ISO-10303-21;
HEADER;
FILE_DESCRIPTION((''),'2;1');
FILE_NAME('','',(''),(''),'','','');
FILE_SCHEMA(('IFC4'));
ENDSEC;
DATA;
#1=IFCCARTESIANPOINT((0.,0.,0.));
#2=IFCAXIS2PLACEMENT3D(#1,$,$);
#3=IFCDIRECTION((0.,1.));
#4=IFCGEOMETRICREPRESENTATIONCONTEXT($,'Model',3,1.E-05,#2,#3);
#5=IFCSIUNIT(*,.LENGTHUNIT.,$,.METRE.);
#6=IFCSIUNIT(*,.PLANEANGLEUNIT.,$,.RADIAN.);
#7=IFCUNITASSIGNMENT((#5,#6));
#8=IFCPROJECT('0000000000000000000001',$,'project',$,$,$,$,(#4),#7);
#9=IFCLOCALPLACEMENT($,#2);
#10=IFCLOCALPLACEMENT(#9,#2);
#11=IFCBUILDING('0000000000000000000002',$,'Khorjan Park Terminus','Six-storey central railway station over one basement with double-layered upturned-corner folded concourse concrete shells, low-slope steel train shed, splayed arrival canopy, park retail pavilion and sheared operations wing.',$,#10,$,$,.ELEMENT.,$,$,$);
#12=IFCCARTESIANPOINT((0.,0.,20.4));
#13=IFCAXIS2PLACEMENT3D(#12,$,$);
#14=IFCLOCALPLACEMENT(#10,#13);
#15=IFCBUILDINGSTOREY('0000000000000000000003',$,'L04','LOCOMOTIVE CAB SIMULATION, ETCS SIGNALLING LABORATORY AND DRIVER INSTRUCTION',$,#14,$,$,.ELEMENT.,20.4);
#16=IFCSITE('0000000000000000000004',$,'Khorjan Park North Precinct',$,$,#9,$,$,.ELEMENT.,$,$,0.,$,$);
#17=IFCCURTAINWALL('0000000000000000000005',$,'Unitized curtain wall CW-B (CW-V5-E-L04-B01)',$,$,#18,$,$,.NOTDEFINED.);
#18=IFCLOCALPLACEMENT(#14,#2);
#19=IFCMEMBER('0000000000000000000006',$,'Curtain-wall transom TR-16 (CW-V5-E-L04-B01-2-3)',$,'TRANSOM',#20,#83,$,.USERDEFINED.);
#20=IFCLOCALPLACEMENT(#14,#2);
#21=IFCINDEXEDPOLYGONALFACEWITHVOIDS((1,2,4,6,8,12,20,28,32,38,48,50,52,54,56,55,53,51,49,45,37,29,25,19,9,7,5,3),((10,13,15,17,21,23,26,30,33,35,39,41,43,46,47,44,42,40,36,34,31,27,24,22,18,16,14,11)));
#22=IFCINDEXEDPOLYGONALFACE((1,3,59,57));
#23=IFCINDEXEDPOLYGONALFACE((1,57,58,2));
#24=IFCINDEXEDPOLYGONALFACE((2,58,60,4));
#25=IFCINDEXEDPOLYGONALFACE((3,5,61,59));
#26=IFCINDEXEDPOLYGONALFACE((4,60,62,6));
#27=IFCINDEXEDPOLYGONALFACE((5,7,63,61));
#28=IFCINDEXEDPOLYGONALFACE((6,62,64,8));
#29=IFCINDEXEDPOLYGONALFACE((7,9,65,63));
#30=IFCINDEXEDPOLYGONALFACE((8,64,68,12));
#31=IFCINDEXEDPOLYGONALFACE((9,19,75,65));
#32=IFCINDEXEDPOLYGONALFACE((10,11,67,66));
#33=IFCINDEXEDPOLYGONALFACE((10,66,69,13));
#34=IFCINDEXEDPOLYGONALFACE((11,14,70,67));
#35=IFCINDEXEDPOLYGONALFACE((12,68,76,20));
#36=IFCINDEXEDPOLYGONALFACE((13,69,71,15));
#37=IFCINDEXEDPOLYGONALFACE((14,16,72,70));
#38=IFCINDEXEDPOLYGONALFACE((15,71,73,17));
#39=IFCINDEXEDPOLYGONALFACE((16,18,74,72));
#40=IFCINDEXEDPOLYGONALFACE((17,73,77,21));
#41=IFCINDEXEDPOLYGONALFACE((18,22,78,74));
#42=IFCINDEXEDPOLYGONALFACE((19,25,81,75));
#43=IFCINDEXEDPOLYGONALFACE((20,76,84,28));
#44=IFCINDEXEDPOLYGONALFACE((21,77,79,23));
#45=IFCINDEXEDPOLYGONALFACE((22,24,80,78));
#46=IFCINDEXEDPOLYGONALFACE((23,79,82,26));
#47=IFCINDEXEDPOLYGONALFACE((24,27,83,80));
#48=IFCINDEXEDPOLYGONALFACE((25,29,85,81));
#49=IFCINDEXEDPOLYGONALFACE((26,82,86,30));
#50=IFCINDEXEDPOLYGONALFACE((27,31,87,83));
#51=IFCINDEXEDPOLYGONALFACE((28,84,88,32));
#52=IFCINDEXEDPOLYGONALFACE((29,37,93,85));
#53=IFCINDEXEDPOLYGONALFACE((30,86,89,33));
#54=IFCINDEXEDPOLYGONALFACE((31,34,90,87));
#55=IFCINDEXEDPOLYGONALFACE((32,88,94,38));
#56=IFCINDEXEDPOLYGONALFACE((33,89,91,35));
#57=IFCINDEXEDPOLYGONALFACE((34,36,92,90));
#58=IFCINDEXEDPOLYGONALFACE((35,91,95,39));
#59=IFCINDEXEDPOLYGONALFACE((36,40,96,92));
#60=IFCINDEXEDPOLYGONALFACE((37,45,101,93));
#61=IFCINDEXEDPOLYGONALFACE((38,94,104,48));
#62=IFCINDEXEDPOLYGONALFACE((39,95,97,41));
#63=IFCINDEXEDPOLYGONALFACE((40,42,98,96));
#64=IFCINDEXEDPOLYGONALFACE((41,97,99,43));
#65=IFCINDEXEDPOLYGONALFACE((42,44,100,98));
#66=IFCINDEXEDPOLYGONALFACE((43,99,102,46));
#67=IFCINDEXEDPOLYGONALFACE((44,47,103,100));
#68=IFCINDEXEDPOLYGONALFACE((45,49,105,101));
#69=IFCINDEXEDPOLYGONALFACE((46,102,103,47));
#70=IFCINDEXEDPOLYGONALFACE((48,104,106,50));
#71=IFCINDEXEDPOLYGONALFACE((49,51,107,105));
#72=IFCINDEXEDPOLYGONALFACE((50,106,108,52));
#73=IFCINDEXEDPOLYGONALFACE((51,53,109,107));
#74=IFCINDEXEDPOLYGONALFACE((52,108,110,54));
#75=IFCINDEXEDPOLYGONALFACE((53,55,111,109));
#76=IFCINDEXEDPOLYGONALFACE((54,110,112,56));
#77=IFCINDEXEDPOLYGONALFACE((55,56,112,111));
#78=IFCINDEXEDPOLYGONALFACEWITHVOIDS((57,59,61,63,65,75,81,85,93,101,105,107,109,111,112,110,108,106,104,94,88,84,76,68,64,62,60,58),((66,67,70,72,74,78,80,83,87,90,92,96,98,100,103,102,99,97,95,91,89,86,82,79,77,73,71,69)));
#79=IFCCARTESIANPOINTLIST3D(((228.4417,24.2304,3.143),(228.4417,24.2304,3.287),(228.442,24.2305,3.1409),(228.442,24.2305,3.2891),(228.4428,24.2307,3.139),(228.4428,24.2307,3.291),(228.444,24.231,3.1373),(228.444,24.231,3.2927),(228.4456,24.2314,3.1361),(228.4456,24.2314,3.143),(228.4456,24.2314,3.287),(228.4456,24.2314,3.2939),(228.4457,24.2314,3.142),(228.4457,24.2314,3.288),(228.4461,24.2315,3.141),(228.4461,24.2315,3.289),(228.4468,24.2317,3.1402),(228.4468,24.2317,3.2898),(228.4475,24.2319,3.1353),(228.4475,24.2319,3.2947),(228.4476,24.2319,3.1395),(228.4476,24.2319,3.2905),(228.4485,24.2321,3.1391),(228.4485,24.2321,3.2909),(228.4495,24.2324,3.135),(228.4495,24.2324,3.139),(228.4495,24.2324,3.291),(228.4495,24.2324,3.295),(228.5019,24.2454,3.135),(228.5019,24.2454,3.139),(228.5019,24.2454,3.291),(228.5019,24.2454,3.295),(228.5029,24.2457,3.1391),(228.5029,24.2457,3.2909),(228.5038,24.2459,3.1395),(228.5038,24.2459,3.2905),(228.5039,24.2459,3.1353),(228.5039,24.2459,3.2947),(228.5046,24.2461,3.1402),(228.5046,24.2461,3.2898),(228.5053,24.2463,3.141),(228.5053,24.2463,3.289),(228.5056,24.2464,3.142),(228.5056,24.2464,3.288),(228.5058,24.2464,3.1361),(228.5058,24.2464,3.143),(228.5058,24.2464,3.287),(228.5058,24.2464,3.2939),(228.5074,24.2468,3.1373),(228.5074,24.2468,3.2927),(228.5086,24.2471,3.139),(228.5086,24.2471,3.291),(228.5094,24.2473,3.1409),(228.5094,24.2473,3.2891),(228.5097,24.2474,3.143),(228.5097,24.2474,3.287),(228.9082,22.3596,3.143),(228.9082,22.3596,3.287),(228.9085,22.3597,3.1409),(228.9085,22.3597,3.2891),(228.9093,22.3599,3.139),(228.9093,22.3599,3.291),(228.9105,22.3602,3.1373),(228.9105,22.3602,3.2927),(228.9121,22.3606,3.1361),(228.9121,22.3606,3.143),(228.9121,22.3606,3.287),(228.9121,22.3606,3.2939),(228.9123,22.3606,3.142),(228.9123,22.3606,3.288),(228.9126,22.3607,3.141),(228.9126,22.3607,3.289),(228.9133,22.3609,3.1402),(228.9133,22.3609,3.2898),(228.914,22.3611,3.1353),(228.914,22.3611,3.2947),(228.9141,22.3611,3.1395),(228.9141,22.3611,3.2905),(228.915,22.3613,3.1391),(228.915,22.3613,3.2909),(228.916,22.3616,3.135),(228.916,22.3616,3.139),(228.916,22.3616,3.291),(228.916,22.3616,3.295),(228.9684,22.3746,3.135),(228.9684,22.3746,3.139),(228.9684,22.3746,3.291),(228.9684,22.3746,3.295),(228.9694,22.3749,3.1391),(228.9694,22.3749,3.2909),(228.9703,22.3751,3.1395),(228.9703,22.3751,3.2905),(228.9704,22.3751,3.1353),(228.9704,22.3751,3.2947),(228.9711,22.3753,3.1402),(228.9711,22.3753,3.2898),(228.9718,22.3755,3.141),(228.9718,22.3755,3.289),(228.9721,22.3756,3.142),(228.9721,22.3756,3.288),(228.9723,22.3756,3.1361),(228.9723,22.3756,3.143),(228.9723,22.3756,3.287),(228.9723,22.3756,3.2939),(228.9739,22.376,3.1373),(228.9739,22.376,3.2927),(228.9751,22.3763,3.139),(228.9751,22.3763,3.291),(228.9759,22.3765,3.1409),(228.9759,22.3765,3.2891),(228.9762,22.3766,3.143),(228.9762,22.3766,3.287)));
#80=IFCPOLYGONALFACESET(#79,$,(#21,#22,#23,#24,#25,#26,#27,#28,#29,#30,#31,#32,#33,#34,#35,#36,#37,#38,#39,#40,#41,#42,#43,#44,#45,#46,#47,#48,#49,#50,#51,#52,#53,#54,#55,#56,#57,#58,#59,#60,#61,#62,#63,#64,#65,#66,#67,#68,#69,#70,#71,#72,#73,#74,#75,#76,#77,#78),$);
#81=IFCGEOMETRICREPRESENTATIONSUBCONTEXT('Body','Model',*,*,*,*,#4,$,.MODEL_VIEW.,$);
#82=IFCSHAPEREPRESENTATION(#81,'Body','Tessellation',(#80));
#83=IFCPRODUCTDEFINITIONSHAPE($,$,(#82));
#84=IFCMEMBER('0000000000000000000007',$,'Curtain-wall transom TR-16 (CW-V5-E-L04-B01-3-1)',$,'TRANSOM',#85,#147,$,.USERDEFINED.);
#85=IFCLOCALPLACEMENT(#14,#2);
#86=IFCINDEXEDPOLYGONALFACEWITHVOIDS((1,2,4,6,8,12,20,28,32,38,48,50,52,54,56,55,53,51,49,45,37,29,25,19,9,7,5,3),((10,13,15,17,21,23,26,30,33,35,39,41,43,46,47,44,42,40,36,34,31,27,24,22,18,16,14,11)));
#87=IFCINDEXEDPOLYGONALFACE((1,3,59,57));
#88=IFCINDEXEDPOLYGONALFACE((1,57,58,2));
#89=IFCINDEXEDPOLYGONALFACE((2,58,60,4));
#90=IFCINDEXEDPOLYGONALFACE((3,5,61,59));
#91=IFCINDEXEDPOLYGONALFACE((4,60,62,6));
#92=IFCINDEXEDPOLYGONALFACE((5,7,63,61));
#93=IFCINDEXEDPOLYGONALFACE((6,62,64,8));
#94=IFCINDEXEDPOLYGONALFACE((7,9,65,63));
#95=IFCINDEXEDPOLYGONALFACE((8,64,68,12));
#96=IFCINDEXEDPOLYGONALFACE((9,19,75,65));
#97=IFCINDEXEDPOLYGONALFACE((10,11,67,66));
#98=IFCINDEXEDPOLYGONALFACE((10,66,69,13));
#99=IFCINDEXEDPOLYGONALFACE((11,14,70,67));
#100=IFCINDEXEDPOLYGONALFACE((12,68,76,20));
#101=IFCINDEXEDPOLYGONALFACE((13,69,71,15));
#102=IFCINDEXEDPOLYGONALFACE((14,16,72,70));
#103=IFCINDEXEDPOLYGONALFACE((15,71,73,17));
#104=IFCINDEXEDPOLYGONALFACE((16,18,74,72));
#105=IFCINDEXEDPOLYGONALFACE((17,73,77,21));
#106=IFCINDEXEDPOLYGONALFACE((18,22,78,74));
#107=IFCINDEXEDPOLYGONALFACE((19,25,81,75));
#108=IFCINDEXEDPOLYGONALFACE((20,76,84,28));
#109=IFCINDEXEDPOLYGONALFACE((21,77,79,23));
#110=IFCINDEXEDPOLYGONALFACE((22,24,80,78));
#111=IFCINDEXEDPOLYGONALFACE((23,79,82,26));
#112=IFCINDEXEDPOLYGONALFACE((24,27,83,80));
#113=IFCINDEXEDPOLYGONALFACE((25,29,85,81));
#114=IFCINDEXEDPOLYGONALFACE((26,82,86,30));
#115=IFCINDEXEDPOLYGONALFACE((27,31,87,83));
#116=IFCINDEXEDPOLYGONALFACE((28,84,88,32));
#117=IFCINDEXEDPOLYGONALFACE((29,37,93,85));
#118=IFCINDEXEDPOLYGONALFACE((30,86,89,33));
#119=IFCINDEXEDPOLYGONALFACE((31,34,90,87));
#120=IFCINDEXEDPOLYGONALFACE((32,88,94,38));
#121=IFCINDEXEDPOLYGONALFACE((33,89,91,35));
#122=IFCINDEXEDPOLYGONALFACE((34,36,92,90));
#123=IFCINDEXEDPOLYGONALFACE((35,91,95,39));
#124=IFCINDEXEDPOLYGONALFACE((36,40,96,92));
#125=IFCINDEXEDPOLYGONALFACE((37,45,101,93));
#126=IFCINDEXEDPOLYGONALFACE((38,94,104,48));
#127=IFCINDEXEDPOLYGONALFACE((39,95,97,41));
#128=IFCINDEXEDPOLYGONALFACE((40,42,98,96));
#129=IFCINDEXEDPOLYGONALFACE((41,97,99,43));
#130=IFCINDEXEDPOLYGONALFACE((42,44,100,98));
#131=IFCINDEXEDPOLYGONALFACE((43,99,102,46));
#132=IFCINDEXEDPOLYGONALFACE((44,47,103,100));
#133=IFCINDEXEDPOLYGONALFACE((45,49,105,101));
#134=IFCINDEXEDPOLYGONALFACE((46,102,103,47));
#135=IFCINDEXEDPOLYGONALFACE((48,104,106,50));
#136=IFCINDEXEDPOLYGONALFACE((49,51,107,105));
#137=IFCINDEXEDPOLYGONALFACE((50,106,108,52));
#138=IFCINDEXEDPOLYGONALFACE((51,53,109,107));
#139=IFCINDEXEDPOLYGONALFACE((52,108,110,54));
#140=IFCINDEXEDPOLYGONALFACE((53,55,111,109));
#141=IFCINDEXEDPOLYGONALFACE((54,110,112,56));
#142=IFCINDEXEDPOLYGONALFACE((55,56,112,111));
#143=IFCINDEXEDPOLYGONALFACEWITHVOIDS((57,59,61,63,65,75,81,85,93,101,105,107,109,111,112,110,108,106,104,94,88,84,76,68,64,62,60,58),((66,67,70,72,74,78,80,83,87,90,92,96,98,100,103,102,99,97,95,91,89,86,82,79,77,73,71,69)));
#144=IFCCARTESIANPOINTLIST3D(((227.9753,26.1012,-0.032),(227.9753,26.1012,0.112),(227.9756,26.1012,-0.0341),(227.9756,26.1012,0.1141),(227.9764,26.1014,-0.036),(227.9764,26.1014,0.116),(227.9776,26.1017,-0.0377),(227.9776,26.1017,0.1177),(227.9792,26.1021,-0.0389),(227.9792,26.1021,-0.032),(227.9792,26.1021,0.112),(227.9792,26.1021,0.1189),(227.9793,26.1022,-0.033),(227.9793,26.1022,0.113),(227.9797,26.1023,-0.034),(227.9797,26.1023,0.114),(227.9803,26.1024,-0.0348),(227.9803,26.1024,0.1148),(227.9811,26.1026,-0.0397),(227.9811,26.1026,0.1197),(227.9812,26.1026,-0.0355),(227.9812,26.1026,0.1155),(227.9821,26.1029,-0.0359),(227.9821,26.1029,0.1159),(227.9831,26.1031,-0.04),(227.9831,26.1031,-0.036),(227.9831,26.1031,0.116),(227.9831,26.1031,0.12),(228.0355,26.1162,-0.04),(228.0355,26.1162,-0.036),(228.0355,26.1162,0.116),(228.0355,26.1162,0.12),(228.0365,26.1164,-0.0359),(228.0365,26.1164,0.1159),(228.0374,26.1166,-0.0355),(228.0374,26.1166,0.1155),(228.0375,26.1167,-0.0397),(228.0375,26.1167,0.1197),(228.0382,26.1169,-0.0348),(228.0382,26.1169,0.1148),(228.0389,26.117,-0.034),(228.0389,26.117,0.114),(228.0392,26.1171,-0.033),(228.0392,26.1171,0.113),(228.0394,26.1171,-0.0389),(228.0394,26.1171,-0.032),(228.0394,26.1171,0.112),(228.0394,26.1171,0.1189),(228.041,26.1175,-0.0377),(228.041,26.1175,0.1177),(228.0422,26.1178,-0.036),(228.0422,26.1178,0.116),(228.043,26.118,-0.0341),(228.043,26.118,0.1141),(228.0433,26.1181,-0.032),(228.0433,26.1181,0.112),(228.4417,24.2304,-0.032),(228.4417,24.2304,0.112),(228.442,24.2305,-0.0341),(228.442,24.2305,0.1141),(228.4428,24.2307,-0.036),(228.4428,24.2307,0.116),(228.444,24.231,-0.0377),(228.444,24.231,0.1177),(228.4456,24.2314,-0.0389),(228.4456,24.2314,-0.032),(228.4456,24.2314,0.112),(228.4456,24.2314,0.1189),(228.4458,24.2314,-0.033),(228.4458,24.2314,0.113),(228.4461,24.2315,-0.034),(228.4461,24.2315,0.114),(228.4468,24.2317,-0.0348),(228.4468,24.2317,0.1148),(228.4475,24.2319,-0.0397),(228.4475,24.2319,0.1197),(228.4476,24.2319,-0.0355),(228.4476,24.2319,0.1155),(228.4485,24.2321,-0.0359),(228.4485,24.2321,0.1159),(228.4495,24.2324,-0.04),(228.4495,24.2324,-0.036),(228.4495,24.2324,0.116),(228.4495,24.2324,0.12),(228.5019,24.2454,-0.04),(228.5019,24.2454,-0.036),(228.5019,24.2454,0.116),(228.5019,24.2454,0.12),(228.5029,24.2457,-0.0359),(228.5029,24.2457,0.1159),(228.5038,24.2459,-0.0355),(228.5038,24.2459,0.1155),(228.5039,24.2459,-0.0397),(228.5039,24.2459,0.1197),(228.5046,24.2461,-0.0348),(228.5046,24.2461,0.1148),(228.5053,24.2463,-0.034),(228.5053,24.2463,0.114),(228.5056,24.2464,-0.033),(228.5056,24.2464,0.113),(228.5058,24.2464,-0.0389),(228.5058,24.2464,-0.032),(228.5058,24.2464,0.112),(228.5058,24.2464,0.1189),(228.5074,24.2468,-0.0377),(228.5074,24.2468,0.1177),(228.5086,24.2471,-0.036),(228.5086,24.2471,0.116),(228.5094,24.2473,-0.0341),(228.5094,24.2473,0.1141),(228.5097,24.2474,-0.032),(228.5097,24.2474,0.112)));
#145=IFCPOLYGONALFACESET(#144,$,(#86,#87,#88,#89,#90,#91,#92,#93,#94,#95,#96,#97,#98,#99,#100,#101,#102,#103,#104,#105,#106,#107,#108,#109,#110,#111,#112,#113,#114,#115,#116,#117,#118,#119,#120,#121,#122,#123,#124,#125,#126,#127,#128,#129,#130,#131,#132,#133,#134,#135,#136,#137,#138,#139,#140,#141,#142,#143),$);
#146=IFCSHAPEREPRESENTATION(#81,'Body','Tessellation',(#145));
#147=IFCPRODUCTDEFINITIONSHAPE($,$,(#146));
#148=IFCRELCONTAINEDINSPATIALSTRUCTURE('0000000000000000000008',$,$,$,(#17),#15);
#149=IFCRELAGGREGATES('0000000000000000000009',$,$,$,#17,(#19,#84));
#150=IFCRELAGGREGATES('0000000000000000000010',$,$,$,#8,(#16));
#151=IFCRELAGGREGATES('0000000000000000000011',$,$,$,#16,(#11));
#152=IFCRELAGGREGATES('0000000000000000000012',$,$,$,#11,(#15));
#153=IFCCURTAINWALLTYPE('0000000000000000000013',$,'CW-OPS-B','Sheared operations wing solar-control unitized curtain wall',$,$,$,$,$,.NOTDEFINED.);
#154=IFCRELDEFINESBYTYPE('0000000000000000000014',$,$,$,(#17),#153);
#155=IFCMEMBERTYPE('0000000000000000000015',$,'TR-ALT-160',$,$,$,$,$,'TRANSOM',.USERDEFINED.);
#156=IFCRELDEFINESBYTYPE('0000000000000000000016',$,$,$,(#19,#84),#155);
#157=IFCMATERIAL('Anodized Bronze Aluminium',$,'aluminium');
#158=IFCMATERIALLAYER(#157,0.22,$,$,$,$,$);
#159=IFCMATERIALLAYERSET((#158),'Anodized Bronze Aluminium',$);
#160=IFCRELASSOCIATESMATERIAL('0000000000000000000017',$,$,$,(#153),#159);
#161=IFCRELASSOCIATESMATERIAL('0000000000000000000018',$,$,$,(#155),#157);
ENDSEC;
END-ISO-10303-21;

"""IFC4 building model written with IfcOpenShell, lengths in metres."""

from ifc_helpers import new_model, si_unit, direction, frame, origin, origin_2d, place, context, subcontext, project, spatial, hollow_rectangle, extrude, material, layer, layer_set, material_profile, profile_set, type_object, element, aggregate, save


model = new_model("IFC4")

# Units and contexts
model_context = context("Model", 3, precision=1e-05, world=origin(), true_north=direction((0.0, 1.0)))
body_context = subcontext(model_context, "Body", "Model", "MODEL_VIEW")
ifc_project = project(units=[si_unit("LENGTHUNIT", "METRE"), si_unit("PLANEANGLEUNIT", "RADIAN")], contexts=[model_context])

# Site, building, storey
site_placement = place(None, origin())
site = spatial("IfcSite", under=ifc_project, at=site_placement, Name="Khorjan Park North Precinct", CompositionType="ELEMENT", RefElevation=0.0)
building_placement = place(site_placement, origin())
building = spatial("IfcBuilding", under=site, at=building_placement, Name="Khorjan Park Terminus", Description="Six-storey central railway station over one basement with double-layered upturned-corner folded concourse concrete shells, low-slope steel train shed, splayed arrival canopy, park retail pavilion and sheared operations wing.", CompositionType="ELEMENT")
storey_placement = place(building_placement, frame((0.0, 0.0, 20.4)))
storey = spatial("IfcBuildingStorey", under=building, at=storey_placement, Name="L04", Description="LOCOMOTIVE CAB SIMULATION, ETCS SIGNALLING LABORATORY AND DRIVER INSTRUCTION", CompositionType="ELEMENT", Elevation=20.4)

# Curtain wall, members
ifc_material_1 = material(Name="Anodized Bronze Aluminium", Category="aluminium")
ifc_layer_1 = layer(ifc_material_1, 0.22)
ifc_layer_set_1 = layer_set([ifc_layer_1], Name="Anodized Bronze Aluminium")
curtain_wall_type = type_object("IfcCurtainWallType", Name="CW-OPS-B", Description="Sheared operations wing solar-control unitized curtain wall", PredefinedType="NOTDEFINED", material=ifc_layer_set_1)
curtain_wall_placement = place(storey_placement, origin())
curtain_wall = element("IfcCurtainWall", 1, at=curtain_wall_placement, inside=storey, type_object=curtain_wall_type, Name="Unitized curtain wall CW-B (CW-V5-E-L04-B01)", PredefinedType="NOTDEFINED")
ifc_material_profile_1 = material_profile(ifc_material_1, hollow_rectangle(XDim=0.07, YDim=0.16, WallThickness=0.004, InnerFilletRadius=0.004, OuterFilletRadius=0.008, at=origin_2d()), Name="ALT 70x160x4")
ifc_profile_set_1 = profile_set([ifc_material_profile_1], Name="Anodized Bronze Aluminium")
member_type_1 = type_object("IfcMemberType", Name="TR-ALT-160", ElementType="TRANSOM", PredefinedType="USERDEFINED", material=ifc_profile_set_1)
member_1_placement = place(storey_placement, frame((228.9422, 22.3681, 3.215), z_axis=(-0.24195, 0.970289, 0.0), x_axis=(-0.970289, -0.24195, 0.0)))
member_1 = element("IfcMember", 2, at=member_1_placement, type_object=member_type_1, Name="Curtain-wall transom TR-16 (CW-V5-E-L04-B01-2-3)", ObjectType="TRANSOM", PredefinedType="USERDEFINED", context=body_context, shape_type="SweptSolid", body=[
    extrude(hollow_rectangle(XDim=0.07, YDim=0.16, WallThickness=0.004, InnerFilletRadius=0.004, OuterFilletRadius=0.008, at=origin_2d()), origin(), (0.0, 0.0, 1.0), 1.9281),
])
member_2_placement = place(storey_placement, frame((228.4757, 24.2389, 0.04), z_axis=(-0.241913, 0.970298, 0.0), x_axis=(-0.970298, -0.241913, 0.0)))
member_2 = element("IfcMember", 3, at=member_2_placement, type_object=member_type_1, Name="Curtain-wall transom TR-16 (CW-V5-E-L04-B01-3-1)", ObjectType="TRANSOM", PredefinedType="USERDEFINED", context=body_context, shape_type="SweptSolid", body=[
    extrude(hollow_rectangle(XDim=0.07, YDim=0.16, WallThickness=0.004, InnerFilletRadius=0.004, OuterFilletRadius=0.008, at=origin_2d()), origin(), (0.0, 0.0, 1.0), 1.928),
])
aggregate(curtain_wall, [member_1, member_2])

save(model, "model.ifc")
